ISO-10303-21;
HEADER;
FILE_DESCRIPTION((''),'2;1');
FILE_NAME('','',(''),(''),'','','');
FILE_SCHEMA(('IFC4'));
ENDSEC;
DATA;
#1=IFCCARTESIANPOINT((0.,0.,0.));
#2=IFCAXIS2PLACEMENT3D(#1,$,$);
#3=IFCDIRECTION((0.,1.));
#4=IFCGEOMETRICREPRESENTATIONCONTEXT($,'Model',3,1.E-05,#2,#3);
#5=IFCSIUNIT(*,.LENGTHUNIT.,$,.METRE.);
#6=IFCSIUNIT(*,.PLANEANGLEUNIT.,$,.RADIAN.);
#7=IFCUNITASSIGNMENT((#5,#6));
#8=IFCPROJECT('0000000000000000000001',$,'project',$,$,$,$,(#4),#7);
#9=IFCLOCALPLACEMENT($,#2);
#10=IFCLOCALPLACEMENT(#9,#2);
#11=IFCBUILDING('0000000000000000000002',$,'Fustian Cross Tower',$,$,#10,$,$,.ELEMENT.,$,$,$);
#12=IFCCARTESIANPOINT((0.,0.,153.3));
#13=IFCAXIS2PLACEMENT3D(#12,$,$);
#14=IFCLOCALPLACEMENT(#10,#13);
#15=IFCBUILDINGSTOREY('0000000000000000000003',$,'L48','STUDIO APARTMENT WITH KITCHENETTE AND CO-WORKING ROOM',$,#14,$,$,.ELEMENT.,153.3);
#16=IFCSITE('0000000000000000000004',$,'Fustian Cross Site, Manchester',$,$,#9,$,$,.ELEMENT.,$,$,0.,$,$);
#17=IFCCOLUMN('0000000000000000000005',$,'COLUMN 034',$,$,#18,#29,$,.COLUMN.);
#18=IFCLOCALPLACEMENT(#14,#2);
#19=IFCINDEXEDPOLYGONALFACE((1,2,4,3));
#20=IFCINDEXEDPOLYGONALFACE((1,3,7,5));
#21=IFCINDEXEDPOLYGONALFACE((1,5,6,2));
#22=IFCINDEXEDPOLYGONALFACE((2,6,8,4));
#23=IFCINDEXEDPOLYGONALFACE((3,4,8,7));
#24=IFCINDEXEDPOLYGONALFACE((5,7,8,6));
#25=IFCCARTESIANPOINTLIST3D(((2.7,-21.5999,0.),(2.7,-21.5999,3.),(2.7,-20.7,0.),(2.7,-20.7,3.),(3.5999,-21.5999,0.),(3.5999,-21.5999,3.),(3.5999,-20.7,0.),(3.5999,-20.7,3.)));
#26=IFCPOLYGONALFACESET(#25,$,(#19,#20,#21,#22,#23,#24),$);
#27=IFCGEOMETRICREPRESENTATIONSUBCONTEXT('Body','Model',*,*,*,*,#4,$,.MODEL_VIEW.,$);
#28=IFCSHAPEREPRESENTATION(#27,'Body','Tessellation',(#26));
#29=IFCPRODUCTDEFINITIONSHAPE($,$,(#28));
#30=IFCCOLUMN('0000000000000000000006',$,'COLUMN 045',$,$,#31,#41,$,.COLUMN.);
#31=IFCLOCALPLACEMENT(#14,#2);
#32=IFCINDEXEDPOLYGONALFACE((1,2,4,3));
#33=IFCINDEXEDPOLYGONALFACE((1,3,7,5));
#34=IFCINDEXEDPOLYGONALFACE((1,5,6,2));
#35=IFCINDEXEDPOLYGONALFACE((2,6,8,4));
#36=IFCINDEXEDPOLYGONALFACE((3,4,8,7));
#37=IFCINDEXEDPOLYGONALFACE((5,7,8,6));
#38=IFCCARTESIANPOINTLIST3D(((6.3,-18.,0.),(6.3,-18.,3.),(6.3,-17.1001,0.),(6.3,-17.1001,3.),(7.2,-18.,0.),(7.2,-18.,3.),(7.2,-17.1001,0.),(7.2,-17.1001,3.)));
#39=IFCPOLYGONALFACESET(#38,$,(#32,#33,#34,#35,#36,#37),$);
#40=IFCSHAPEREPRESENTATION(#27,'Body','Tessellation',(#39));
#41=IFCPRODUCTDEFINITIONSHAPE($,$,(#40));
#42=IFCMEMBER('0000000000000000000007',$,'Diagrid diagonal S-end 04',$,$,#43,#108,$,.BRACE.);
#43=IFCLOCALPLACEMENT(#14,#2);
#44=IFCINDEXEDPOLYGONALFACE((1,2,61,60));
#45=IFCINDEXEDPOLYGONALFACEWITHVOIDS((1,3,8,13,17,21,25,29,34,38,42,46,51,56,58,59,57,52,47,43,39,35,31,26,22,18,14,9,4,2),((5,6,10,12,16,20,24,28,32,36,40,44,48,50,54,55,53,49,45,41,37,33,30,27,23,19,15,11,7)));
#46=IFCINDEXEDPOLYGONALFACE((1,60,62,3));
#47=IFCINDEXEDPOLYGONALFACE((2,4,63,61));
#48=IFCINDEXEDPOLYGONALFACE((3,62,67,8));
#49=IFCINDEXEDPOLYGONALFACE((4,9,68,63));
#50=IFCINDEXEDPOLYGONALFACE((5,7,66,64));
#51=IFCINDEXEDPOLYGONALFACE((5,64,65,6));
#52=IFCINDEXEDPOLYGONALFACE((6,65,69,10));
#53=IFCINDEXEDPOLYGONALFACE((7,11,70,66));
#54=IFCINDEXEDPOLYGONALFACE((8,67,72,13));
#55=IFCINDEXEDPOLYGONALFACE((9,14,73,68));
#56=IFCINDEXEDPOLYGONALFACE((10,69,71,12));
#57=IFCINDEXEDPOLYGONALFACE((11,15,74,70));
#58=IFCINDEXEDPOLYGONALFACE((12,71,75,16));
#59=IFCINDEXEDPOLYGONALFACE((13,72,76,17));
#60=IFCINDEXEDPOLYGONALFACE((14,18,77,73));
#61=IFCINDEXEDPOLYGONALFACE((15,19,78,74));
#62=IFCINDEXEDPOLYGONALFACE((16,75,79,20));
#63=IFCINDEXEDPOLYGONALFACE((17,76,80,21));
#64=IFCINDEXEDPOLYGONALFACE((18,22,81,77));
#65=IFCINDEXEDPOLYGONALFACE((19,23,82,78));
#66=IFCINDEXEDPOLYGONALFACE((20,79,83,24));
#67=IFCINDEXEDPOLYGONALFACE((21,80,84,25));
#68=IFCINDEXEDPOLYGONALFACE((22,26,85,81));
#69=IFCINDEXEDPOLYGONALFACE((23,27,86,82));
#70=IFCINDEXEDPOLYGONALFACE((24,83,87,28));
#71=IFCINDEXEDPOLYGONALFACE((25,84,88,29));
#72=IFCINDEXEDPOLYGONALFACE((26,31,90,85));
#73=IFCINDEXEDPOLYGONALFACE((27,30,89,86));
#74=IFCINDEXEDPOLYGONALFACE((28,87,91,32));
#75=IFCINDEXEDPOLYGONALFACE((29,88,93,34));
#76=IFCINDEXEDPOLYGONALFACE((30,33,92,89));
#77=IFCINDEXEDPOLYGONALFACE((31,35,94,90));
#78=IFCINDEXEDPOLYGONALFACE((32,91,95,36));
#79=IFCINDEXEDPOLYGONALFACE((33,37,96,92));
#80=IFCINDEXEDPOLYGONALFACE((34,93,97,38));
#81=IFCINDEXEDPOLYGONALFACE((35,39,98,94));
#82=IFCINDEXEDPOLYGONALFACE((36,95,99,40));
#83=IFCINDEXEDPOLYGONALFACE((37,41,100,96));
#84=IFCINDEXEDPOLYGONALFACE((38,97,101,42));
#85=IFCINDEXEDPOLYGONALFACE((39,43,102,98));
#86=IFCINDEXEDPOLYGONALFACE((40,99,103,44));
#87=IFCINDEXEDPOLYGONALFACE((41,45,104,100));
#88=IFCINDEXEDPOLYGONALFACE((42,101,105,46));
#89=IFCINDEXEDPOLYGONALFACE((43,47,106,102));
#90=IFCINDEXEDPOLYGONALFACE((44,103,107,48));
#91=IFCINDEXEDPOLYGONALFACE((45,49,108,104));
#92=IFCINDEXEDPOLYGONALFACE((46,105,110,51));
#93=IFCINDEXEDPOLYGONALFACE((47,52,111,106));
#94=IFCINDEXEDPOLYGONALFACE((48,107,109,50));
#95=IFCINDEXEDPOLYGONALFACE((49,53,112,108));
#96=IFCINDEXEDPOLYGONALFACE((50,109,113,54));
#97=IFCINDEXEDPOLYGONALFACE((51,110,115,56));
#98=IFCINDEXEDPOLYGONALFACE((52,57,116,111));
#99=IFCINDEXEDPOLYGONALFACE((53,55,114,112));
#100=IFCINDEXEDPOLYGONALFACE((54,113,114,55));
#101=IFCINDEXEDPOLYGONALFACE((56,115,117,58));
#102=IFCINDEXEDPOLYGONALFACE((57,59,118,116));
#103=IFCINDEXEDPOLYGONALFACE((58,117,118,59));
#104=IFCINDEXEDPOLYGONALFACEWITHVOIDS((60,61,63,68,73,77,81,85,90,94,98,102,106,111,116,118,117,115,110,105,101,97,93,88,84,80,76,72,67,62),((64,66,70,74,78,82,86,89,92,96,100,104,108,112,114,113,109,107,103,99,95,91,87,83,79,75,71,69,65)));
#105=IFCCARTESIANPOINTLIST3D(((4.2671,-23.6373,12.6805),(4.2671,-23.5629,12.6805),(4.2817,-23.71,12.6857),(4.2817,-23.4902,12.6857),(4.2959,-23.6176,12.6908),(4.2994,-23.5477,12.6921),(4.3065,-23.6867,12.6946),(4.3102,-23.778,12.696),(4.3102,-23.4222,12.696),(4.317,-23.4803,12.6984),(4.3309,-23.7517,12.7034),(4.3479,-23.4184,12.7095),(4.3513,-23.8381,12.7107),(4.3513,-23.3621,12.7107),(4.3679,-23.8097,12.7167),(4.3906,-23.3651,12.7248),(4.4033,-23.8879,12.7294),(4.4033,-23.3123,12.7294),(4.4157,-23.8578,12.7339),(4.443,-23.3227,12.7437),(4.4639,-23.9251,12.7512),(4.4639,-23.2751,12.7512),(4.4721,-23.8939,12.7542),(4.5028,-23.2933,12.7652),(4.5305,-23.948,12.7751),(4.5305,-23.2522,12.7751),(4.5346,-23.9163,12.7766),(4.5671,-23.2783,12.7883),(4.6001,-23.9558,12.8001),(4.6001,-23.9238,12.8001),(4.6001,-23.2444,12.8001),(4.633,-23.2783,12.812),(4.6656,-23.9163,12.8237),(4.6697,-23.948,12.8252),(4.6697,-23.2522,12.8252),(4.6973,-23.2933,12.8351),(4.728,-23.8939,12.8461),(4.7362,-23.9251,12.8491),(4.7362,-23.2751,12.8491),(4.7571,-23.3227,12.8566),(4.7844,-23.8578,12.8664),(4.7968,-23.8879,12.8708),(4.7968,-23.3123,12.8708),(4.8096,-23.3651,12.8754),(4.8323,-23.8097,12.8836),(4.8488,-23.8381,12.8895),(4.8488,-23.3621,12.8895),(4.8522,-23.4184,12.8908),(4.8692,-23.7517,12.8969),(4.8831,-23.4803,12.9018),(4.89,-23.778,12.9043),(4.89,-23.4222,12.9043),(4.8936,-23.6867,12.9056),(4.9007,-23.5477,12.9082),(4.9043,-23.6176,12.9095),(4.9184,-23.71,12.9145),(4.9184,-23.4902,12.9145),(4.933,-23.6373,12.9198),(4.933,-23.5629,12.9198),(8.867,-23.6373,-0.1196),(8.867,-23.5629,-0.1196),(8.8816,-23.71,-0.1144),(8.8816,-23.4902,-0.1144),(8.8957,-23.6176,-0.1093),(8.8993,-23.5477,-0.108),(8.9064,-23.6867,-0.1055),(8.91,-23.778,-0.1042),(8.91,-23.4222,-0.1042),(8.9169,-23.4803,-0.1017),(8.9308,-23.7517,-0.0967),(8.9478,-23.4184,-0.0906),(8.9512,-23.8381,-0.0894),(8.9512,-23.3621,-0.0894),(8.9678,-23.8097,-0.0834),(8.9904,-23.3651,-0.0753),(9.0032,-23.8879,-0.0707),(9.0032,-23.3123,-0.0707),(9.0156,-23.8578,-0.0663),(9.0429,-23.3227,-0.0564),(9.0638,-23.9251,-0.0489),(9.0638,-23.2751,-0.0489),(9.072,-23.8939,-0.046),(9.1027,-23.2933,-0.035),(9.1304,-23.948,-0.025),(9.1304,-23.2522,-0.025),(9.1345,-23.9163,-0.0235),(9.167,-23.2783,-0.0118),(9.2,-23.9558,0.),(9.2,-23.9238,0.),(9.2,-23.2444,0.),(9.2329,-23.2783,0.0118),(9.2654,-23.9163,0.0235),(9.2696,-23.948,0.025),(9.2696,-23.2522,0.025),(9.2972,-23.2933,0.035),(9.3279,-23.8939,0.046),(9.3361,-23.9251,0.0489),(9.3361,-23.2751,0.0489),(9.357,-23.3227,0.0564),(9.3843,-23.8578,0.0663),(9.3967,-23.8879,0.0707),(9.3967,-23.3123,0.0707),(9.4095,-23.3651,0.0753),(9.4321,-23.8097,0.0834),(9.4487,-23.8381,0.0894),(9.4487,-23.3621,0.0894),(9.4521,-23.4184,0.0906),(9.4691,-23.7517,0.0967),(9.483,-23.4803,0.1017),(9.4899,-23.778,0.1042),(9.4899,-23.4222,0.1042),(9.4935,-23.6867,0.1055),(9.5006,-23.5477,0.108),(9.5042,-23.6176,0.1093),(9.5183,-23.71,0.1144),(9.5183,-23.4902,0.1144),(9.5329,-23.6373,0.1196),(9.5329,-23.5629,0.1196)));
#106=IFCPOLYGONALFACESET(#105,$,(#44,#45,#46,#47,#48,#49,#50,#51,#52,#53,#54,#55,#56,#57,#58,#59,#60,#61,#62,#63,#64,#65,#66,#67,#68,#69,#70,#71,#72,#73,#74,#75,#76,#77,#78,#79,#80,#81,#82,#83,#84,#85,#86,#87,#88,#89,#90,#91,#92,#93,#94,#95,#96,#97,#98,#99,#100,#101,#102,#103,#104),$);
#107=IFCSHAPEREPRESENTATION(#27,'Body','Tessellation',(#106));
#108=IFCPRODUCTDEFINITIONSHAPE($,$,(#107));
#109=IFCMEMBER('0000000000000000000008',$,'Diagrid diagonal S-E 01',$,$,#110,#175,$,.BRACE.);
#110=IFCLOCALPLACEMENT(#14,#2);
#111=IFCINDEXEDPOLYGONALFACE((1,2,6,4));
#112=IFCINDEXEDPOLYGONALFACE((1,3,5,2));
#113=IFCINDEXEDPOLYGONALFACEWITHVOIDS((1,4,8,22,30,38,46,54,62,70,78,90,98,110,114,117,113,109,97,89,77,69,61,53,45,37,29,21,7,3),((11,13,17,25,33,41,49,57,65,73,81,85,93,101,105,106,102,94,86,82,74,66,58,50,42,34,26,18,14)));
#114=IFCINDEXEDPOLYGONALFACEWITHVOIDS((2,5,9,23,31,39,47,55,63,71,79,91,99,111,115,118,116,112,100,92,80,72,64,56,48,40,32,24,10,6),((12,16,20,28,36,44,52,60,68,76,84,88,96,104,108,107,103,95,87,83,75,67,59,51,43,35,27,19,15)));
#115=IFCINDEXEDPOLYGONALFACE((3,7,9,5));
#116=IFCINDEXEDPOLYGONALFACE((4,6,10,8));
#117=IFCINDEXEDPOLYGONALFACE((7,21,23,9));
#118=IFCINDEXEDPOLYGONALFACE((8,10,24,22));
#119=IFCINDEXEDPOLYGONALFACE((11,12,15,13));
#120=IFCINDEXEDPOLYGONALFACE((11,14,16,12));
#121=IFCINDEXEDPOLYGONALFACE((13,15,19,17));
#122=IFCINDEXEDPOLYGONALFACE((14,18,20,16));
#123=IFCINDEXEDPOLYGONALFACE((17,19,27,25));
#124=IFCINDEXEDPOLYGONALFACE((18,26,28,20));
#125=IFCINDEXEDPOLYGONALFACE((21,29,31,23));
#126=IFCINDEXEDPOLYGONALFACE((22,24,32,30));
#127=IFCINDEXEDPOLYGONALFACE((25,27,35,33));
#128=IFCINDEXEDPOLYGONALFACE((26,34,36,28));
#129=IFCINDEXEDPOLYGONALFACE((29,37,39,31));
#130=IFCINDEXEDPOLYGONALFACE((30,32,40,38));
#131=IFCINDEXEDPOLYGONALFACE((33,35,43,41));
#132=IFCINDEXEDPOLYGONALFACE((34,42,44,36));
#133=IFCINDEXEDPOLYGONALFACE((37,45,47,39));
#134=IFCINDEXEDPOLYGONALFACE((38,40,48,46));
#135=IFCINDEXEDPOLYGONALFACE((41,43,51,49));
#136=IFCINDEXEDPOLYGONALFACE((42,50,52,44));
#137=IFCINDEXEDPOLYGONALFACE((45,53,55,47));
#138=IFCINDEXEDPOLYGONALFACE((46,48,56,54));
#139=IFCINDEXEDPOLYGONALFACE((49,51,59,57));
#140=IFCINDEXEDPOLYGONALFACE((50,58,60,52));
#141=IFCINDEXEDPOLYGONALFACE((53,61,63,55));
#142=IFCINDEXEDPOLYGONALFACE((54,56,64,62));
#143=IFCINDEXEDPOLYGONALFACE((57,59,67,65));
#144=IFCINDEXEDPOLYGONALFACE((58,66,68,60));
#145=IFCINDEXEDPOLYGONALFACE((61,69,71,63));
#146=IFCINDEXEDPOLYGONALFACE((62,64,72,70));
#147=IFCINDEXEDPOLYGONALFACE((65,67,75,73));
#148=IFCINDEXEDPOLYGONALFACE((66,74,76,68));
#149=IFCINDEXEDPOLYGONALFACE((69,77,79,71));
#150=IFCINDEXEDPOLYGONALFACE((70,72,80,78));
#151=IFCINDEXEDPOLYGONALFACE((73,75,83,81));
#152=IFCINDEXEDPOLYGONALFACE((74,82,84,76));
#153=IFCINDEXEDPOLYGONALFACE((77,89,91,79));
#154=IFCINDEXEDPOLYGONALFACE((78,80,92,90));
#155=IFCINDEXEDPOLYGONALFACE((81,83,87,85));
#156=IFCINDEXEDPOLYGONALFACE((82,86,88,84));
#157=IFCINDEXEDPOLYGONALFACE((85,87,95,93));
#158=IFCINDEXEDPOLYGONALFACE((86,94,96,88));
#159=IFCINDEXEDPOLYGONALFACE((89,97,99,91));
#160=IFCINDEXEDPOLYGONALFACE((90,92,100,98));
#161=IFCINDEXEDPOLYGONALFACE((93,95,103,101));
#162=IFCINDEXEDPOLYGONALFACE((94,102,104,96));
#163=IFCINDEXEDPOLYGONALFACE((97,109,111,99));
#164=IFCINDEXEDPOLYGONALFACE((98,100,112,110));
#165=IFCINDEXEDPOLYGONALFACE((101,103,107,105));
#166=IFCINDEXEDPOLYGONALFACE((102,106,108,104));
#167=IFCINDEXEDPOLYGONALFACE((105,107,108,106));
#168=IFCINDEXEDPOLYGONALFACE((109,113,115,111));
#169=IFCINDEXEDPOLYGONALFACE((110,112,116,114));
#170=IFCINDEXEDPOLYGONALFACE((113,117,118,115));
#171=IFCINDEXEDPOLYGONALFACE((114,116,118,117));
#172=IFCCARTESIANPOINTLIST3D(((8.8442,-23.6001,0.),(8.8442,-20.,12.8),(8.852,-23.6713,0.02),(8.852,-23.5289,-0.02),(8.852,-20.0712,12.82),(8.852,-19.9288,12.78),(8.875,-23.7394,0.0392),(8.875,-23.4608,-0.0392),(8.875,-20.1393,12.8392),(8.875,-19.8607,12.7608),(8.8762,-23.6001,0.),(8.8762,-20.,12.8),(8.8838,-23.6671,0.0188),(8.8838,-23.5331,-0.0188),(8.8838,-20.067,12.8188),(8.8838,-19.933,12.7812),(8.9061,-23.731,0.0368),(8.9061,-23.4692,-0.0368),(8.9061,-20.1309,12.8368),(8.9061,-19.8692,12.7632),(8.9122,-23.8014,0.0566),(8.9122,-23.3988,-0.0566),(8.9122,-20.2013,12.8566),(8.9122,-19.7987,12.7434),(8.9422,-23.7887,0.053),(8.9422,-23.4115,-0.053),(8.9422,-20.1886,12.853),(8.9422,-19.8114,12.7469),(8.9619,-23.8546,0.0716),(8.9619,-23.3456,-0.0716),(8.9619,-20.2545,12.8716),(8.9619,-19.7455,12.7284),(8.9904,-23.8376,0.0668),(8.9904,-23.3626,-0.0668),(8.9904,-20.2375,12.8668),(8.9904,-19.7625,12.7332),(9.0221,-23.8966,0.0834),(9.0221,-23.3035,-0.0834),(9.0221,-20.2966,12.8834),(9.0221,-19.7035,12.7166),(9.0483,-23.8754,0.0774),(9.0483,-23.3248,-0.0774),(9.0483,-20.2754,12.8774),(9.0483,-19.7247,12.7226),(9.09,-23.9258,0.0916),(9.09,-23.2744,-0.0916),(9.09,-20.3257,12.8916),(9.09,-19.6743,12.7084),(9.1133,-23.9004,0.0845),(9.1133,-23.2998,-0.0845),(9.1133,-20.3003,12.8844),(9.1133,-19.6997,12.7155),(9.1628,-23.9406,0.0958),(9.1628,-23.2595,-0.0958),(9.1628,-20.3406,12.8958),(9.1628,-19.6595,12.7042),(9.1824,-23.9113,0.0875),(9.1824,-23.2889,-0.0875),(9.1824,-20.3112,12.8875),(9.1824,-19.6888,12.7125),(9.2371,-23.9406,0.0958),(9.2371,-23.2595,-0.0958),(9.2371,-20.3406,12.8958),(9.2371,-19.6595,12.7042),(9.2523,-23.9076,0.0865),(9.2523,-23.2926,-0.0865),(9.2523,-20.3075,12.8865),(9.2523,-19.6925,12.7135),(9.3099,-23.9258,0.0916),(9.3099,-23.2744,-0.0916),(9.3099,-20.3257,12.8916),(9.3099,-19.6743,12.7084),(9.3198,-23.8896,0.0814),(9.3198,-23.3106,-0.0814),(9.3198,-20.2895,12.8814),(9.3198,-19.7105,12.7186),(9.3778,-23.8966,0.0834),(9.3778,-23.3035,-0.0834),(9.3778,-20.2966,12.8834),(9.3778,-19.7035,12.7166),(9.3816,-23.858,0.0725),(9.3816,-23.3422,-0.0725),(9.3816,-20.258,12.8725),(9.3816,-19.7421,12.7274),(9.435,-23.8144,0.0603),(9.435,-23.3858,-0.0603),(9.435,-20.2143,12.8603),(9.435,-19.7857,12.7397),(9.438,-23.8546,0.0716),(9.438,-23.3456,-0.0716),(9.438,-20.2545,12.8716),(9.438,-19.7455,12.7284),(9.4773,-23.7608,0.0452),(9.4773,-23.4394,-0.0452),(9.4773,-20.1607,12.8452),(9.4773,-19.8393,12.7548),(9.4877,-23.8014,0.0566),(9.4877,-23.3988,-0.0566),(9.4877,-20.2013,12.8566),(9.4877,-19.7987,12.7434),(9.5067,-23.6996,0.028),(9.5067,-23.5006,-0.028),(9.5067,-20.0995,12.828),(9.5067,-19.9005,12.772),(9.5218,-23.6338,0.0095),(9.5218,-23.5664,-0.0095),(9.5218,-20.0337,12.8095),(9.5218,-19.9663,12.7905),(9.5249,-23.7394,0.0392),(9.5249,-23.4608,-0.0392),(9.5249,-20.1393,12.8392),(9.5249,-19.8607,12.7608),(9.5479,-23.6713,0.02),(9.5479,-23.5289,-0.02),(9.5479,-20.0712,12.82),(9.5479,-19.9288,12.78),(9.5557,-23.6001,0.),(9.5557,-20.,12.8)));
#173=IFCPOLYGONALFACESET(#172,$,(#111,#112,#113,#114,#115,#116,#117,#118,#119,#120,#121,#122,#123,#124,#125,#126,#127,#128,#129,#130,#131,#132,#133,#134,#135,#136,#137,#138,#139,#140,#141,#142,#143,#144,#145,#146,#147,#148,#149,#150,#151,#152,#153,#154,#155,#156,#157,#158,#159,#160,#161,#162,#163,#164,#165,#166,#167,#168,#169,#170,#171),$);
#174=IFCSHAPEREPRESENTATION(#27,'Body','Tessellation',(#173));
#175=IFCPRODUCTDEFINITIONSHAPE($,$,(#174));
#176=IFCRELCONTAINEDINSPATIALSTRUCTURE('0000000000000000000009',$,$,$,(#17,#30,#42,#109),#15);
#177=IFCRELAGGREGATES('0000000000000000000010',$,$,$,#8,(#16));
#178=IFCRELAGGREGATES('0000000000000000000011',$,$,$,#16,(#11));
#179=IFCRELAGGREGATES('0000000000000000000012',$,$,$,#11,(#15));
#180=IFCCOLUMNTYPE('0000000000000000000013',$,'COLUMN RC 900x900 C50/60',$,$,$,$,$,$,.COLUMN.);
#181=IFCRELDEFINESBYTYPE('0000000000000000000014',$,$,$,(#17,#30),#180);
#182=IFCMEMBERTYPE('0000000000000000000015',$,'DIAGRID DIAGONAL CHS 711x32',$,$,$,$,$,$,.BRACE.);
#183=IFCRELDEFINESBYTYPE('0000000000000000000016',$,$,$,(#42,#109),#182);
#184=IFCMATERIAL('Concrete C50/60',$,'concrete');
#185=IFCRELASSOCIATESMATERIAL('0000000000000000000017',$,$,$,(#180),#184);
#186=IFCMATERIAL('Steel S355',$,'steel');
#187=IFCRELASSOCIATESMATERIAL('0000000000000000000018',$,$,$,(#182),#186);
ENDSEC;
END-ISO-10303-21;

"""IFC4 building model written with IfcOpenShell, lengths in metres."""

from ifc_helpers import new_model, si_unit, direction, frame, origin, origin_2d, place, context, subcontext, project, spatial, rectangle, hollow_circle, extrude, material, material_profile, profile_set, type_object, element, save


model = new_model("IFC4")

# Units and contexts
model_context = context("Model", 3, precision=1e-05, world=origin(), true_north=direction((0.0, 1.0)))
body_context = subcontext(model_context, "Body", "Model", "MODEL_VIEW")
ifc_project = project(units=[si_unit("LENGTHUNIT", "METRE"), si_unit("PLANEANGLEUNIT", "RADIAN")], contexts=[model_context])

# Site, building, storey
site_placement = place(None, origin())
site = spatial("IfcSite", under=ifc_project, at=site_placement, Name="Fustian Cross Site, Manchester", CompositionType="ELEMENT", RefElevation=0.0)
building_placement = place(site_placement, origin())
building = spatial("IfcBuilding", under=site, at=building_placement, Name="Fustian Cross Tower", CompositionType="ELEMENT")
storey_placement = place(building_placement, frame((0.0, 0.0, 153.3)))
storey = spatial("IfcBuildingStorey", under=building, at=storey_placement, Name="L48", Description="STUDIO APARTMENT WITH KITCHENETTE AND CO-WORKING ROOM", CompositionType="ELEMENT", Elevation=153.3)

# Columns
ifc_material_1 = material(Name="Concrete C50/60", Category="concrete")
ifc_material_profile_1 = material_profile(ifc_material_1, rectangle(XDim=0.8999, YDim=0.8999, at=origin_2d()), Name="RC 900x900")
ifc_profile_set_1 = profile_set([ifc_material_profile_1], Name="Concrete C50/60")
column_type = type_object("IfcColumnType", Name="COLUMN RC 900x900 C50/60", PredefinedType="COLUMN", material=ifc_profile_set_1)
for number, where, z_axis, x_axis, name in (
    (1, (3.1499, -21.1499, 0.0), (0.0, 0.0, 1.0), (1.0, 0.0, 0.0), "COLUMN 034"),
    (2, (6.75, -17.55, 0.0), (0.0, 0.0, 1.0), (1.0, 0.0, 0.0), "COLUMN 045"),
):
    element("IfcColumn", number, at=place(storey_placement, frame(where, z_axis=z_axis, x_axis=x_axis)), inside=storey, type_object=column_type, Name=name, PredefinedType="COLUMN", context=body_context, shape_type="SweptSolid", body=[
        extrude(rectangle(XDim=0.8999, YDim=0.8999, at=origin_2d()), origin(), (0.0, 0.0, 1.0), 3.0),
    ])

# Members
ifc_material_2 = material(Name="Steel S355", Category="steel")
ifc_material_profile_2 = material_profile(ifc_material_2, hollow_circle(Radius=0.3557, WallThickness=0.032, at=origin_2d()), Name="CHS 711x32")
ifc_profile_set_2 = profile_set([ifc_material_profile_2], Name="Steel S355")
member_type = type_object("IfcMemberType", Name="DIAGRID DIAGONAL CHS 711x32", PredefinedType="BRACE", material=ifc_profile_set_2)
member_1_placement = place(storey_placement, frame((9.2, -23.6001, 0.0), z_axis=(-0.338188, 0.0, 0.941079), x_axis=(0.0, -1.0, 0.0)))
element("IfcMember", 3, at=member_1_placement, inside=storey, type_object=member_type, Name="Diagrid diagonal S-end 04", PredefinedType="BRACE", context=body_context, shape_type="SweptSolid", body=[
    extrude(hollow_circle(Radius=0.3557, WallThickness=0.032, at=origin_2d()), origin(), (0.0, 0.0, 1.0), 13.6016),
])
member_2_placement = place(storey_placement, frame((9.2, -23.6001, 0.0), z_axis=(0.0, 0.270751, 0.962649), x_axis=(-1.0, 0.0, 0.0)))
element("IfcMember", 4, at=member_2_placement, inside=storey, type_object=member_type, Name="Diagrid diagonal S-E 01", PredefinedType="BRACE", context=body_context, shape_type="SweptSolid", body=[
    extrude(hollow_circle(Radius=0.3557, WallThickness=0.032, at=origin_2d()), origin(), (0.0, 0.0, 1.0), 13.2966),
])

save(model, "model.ifc")
